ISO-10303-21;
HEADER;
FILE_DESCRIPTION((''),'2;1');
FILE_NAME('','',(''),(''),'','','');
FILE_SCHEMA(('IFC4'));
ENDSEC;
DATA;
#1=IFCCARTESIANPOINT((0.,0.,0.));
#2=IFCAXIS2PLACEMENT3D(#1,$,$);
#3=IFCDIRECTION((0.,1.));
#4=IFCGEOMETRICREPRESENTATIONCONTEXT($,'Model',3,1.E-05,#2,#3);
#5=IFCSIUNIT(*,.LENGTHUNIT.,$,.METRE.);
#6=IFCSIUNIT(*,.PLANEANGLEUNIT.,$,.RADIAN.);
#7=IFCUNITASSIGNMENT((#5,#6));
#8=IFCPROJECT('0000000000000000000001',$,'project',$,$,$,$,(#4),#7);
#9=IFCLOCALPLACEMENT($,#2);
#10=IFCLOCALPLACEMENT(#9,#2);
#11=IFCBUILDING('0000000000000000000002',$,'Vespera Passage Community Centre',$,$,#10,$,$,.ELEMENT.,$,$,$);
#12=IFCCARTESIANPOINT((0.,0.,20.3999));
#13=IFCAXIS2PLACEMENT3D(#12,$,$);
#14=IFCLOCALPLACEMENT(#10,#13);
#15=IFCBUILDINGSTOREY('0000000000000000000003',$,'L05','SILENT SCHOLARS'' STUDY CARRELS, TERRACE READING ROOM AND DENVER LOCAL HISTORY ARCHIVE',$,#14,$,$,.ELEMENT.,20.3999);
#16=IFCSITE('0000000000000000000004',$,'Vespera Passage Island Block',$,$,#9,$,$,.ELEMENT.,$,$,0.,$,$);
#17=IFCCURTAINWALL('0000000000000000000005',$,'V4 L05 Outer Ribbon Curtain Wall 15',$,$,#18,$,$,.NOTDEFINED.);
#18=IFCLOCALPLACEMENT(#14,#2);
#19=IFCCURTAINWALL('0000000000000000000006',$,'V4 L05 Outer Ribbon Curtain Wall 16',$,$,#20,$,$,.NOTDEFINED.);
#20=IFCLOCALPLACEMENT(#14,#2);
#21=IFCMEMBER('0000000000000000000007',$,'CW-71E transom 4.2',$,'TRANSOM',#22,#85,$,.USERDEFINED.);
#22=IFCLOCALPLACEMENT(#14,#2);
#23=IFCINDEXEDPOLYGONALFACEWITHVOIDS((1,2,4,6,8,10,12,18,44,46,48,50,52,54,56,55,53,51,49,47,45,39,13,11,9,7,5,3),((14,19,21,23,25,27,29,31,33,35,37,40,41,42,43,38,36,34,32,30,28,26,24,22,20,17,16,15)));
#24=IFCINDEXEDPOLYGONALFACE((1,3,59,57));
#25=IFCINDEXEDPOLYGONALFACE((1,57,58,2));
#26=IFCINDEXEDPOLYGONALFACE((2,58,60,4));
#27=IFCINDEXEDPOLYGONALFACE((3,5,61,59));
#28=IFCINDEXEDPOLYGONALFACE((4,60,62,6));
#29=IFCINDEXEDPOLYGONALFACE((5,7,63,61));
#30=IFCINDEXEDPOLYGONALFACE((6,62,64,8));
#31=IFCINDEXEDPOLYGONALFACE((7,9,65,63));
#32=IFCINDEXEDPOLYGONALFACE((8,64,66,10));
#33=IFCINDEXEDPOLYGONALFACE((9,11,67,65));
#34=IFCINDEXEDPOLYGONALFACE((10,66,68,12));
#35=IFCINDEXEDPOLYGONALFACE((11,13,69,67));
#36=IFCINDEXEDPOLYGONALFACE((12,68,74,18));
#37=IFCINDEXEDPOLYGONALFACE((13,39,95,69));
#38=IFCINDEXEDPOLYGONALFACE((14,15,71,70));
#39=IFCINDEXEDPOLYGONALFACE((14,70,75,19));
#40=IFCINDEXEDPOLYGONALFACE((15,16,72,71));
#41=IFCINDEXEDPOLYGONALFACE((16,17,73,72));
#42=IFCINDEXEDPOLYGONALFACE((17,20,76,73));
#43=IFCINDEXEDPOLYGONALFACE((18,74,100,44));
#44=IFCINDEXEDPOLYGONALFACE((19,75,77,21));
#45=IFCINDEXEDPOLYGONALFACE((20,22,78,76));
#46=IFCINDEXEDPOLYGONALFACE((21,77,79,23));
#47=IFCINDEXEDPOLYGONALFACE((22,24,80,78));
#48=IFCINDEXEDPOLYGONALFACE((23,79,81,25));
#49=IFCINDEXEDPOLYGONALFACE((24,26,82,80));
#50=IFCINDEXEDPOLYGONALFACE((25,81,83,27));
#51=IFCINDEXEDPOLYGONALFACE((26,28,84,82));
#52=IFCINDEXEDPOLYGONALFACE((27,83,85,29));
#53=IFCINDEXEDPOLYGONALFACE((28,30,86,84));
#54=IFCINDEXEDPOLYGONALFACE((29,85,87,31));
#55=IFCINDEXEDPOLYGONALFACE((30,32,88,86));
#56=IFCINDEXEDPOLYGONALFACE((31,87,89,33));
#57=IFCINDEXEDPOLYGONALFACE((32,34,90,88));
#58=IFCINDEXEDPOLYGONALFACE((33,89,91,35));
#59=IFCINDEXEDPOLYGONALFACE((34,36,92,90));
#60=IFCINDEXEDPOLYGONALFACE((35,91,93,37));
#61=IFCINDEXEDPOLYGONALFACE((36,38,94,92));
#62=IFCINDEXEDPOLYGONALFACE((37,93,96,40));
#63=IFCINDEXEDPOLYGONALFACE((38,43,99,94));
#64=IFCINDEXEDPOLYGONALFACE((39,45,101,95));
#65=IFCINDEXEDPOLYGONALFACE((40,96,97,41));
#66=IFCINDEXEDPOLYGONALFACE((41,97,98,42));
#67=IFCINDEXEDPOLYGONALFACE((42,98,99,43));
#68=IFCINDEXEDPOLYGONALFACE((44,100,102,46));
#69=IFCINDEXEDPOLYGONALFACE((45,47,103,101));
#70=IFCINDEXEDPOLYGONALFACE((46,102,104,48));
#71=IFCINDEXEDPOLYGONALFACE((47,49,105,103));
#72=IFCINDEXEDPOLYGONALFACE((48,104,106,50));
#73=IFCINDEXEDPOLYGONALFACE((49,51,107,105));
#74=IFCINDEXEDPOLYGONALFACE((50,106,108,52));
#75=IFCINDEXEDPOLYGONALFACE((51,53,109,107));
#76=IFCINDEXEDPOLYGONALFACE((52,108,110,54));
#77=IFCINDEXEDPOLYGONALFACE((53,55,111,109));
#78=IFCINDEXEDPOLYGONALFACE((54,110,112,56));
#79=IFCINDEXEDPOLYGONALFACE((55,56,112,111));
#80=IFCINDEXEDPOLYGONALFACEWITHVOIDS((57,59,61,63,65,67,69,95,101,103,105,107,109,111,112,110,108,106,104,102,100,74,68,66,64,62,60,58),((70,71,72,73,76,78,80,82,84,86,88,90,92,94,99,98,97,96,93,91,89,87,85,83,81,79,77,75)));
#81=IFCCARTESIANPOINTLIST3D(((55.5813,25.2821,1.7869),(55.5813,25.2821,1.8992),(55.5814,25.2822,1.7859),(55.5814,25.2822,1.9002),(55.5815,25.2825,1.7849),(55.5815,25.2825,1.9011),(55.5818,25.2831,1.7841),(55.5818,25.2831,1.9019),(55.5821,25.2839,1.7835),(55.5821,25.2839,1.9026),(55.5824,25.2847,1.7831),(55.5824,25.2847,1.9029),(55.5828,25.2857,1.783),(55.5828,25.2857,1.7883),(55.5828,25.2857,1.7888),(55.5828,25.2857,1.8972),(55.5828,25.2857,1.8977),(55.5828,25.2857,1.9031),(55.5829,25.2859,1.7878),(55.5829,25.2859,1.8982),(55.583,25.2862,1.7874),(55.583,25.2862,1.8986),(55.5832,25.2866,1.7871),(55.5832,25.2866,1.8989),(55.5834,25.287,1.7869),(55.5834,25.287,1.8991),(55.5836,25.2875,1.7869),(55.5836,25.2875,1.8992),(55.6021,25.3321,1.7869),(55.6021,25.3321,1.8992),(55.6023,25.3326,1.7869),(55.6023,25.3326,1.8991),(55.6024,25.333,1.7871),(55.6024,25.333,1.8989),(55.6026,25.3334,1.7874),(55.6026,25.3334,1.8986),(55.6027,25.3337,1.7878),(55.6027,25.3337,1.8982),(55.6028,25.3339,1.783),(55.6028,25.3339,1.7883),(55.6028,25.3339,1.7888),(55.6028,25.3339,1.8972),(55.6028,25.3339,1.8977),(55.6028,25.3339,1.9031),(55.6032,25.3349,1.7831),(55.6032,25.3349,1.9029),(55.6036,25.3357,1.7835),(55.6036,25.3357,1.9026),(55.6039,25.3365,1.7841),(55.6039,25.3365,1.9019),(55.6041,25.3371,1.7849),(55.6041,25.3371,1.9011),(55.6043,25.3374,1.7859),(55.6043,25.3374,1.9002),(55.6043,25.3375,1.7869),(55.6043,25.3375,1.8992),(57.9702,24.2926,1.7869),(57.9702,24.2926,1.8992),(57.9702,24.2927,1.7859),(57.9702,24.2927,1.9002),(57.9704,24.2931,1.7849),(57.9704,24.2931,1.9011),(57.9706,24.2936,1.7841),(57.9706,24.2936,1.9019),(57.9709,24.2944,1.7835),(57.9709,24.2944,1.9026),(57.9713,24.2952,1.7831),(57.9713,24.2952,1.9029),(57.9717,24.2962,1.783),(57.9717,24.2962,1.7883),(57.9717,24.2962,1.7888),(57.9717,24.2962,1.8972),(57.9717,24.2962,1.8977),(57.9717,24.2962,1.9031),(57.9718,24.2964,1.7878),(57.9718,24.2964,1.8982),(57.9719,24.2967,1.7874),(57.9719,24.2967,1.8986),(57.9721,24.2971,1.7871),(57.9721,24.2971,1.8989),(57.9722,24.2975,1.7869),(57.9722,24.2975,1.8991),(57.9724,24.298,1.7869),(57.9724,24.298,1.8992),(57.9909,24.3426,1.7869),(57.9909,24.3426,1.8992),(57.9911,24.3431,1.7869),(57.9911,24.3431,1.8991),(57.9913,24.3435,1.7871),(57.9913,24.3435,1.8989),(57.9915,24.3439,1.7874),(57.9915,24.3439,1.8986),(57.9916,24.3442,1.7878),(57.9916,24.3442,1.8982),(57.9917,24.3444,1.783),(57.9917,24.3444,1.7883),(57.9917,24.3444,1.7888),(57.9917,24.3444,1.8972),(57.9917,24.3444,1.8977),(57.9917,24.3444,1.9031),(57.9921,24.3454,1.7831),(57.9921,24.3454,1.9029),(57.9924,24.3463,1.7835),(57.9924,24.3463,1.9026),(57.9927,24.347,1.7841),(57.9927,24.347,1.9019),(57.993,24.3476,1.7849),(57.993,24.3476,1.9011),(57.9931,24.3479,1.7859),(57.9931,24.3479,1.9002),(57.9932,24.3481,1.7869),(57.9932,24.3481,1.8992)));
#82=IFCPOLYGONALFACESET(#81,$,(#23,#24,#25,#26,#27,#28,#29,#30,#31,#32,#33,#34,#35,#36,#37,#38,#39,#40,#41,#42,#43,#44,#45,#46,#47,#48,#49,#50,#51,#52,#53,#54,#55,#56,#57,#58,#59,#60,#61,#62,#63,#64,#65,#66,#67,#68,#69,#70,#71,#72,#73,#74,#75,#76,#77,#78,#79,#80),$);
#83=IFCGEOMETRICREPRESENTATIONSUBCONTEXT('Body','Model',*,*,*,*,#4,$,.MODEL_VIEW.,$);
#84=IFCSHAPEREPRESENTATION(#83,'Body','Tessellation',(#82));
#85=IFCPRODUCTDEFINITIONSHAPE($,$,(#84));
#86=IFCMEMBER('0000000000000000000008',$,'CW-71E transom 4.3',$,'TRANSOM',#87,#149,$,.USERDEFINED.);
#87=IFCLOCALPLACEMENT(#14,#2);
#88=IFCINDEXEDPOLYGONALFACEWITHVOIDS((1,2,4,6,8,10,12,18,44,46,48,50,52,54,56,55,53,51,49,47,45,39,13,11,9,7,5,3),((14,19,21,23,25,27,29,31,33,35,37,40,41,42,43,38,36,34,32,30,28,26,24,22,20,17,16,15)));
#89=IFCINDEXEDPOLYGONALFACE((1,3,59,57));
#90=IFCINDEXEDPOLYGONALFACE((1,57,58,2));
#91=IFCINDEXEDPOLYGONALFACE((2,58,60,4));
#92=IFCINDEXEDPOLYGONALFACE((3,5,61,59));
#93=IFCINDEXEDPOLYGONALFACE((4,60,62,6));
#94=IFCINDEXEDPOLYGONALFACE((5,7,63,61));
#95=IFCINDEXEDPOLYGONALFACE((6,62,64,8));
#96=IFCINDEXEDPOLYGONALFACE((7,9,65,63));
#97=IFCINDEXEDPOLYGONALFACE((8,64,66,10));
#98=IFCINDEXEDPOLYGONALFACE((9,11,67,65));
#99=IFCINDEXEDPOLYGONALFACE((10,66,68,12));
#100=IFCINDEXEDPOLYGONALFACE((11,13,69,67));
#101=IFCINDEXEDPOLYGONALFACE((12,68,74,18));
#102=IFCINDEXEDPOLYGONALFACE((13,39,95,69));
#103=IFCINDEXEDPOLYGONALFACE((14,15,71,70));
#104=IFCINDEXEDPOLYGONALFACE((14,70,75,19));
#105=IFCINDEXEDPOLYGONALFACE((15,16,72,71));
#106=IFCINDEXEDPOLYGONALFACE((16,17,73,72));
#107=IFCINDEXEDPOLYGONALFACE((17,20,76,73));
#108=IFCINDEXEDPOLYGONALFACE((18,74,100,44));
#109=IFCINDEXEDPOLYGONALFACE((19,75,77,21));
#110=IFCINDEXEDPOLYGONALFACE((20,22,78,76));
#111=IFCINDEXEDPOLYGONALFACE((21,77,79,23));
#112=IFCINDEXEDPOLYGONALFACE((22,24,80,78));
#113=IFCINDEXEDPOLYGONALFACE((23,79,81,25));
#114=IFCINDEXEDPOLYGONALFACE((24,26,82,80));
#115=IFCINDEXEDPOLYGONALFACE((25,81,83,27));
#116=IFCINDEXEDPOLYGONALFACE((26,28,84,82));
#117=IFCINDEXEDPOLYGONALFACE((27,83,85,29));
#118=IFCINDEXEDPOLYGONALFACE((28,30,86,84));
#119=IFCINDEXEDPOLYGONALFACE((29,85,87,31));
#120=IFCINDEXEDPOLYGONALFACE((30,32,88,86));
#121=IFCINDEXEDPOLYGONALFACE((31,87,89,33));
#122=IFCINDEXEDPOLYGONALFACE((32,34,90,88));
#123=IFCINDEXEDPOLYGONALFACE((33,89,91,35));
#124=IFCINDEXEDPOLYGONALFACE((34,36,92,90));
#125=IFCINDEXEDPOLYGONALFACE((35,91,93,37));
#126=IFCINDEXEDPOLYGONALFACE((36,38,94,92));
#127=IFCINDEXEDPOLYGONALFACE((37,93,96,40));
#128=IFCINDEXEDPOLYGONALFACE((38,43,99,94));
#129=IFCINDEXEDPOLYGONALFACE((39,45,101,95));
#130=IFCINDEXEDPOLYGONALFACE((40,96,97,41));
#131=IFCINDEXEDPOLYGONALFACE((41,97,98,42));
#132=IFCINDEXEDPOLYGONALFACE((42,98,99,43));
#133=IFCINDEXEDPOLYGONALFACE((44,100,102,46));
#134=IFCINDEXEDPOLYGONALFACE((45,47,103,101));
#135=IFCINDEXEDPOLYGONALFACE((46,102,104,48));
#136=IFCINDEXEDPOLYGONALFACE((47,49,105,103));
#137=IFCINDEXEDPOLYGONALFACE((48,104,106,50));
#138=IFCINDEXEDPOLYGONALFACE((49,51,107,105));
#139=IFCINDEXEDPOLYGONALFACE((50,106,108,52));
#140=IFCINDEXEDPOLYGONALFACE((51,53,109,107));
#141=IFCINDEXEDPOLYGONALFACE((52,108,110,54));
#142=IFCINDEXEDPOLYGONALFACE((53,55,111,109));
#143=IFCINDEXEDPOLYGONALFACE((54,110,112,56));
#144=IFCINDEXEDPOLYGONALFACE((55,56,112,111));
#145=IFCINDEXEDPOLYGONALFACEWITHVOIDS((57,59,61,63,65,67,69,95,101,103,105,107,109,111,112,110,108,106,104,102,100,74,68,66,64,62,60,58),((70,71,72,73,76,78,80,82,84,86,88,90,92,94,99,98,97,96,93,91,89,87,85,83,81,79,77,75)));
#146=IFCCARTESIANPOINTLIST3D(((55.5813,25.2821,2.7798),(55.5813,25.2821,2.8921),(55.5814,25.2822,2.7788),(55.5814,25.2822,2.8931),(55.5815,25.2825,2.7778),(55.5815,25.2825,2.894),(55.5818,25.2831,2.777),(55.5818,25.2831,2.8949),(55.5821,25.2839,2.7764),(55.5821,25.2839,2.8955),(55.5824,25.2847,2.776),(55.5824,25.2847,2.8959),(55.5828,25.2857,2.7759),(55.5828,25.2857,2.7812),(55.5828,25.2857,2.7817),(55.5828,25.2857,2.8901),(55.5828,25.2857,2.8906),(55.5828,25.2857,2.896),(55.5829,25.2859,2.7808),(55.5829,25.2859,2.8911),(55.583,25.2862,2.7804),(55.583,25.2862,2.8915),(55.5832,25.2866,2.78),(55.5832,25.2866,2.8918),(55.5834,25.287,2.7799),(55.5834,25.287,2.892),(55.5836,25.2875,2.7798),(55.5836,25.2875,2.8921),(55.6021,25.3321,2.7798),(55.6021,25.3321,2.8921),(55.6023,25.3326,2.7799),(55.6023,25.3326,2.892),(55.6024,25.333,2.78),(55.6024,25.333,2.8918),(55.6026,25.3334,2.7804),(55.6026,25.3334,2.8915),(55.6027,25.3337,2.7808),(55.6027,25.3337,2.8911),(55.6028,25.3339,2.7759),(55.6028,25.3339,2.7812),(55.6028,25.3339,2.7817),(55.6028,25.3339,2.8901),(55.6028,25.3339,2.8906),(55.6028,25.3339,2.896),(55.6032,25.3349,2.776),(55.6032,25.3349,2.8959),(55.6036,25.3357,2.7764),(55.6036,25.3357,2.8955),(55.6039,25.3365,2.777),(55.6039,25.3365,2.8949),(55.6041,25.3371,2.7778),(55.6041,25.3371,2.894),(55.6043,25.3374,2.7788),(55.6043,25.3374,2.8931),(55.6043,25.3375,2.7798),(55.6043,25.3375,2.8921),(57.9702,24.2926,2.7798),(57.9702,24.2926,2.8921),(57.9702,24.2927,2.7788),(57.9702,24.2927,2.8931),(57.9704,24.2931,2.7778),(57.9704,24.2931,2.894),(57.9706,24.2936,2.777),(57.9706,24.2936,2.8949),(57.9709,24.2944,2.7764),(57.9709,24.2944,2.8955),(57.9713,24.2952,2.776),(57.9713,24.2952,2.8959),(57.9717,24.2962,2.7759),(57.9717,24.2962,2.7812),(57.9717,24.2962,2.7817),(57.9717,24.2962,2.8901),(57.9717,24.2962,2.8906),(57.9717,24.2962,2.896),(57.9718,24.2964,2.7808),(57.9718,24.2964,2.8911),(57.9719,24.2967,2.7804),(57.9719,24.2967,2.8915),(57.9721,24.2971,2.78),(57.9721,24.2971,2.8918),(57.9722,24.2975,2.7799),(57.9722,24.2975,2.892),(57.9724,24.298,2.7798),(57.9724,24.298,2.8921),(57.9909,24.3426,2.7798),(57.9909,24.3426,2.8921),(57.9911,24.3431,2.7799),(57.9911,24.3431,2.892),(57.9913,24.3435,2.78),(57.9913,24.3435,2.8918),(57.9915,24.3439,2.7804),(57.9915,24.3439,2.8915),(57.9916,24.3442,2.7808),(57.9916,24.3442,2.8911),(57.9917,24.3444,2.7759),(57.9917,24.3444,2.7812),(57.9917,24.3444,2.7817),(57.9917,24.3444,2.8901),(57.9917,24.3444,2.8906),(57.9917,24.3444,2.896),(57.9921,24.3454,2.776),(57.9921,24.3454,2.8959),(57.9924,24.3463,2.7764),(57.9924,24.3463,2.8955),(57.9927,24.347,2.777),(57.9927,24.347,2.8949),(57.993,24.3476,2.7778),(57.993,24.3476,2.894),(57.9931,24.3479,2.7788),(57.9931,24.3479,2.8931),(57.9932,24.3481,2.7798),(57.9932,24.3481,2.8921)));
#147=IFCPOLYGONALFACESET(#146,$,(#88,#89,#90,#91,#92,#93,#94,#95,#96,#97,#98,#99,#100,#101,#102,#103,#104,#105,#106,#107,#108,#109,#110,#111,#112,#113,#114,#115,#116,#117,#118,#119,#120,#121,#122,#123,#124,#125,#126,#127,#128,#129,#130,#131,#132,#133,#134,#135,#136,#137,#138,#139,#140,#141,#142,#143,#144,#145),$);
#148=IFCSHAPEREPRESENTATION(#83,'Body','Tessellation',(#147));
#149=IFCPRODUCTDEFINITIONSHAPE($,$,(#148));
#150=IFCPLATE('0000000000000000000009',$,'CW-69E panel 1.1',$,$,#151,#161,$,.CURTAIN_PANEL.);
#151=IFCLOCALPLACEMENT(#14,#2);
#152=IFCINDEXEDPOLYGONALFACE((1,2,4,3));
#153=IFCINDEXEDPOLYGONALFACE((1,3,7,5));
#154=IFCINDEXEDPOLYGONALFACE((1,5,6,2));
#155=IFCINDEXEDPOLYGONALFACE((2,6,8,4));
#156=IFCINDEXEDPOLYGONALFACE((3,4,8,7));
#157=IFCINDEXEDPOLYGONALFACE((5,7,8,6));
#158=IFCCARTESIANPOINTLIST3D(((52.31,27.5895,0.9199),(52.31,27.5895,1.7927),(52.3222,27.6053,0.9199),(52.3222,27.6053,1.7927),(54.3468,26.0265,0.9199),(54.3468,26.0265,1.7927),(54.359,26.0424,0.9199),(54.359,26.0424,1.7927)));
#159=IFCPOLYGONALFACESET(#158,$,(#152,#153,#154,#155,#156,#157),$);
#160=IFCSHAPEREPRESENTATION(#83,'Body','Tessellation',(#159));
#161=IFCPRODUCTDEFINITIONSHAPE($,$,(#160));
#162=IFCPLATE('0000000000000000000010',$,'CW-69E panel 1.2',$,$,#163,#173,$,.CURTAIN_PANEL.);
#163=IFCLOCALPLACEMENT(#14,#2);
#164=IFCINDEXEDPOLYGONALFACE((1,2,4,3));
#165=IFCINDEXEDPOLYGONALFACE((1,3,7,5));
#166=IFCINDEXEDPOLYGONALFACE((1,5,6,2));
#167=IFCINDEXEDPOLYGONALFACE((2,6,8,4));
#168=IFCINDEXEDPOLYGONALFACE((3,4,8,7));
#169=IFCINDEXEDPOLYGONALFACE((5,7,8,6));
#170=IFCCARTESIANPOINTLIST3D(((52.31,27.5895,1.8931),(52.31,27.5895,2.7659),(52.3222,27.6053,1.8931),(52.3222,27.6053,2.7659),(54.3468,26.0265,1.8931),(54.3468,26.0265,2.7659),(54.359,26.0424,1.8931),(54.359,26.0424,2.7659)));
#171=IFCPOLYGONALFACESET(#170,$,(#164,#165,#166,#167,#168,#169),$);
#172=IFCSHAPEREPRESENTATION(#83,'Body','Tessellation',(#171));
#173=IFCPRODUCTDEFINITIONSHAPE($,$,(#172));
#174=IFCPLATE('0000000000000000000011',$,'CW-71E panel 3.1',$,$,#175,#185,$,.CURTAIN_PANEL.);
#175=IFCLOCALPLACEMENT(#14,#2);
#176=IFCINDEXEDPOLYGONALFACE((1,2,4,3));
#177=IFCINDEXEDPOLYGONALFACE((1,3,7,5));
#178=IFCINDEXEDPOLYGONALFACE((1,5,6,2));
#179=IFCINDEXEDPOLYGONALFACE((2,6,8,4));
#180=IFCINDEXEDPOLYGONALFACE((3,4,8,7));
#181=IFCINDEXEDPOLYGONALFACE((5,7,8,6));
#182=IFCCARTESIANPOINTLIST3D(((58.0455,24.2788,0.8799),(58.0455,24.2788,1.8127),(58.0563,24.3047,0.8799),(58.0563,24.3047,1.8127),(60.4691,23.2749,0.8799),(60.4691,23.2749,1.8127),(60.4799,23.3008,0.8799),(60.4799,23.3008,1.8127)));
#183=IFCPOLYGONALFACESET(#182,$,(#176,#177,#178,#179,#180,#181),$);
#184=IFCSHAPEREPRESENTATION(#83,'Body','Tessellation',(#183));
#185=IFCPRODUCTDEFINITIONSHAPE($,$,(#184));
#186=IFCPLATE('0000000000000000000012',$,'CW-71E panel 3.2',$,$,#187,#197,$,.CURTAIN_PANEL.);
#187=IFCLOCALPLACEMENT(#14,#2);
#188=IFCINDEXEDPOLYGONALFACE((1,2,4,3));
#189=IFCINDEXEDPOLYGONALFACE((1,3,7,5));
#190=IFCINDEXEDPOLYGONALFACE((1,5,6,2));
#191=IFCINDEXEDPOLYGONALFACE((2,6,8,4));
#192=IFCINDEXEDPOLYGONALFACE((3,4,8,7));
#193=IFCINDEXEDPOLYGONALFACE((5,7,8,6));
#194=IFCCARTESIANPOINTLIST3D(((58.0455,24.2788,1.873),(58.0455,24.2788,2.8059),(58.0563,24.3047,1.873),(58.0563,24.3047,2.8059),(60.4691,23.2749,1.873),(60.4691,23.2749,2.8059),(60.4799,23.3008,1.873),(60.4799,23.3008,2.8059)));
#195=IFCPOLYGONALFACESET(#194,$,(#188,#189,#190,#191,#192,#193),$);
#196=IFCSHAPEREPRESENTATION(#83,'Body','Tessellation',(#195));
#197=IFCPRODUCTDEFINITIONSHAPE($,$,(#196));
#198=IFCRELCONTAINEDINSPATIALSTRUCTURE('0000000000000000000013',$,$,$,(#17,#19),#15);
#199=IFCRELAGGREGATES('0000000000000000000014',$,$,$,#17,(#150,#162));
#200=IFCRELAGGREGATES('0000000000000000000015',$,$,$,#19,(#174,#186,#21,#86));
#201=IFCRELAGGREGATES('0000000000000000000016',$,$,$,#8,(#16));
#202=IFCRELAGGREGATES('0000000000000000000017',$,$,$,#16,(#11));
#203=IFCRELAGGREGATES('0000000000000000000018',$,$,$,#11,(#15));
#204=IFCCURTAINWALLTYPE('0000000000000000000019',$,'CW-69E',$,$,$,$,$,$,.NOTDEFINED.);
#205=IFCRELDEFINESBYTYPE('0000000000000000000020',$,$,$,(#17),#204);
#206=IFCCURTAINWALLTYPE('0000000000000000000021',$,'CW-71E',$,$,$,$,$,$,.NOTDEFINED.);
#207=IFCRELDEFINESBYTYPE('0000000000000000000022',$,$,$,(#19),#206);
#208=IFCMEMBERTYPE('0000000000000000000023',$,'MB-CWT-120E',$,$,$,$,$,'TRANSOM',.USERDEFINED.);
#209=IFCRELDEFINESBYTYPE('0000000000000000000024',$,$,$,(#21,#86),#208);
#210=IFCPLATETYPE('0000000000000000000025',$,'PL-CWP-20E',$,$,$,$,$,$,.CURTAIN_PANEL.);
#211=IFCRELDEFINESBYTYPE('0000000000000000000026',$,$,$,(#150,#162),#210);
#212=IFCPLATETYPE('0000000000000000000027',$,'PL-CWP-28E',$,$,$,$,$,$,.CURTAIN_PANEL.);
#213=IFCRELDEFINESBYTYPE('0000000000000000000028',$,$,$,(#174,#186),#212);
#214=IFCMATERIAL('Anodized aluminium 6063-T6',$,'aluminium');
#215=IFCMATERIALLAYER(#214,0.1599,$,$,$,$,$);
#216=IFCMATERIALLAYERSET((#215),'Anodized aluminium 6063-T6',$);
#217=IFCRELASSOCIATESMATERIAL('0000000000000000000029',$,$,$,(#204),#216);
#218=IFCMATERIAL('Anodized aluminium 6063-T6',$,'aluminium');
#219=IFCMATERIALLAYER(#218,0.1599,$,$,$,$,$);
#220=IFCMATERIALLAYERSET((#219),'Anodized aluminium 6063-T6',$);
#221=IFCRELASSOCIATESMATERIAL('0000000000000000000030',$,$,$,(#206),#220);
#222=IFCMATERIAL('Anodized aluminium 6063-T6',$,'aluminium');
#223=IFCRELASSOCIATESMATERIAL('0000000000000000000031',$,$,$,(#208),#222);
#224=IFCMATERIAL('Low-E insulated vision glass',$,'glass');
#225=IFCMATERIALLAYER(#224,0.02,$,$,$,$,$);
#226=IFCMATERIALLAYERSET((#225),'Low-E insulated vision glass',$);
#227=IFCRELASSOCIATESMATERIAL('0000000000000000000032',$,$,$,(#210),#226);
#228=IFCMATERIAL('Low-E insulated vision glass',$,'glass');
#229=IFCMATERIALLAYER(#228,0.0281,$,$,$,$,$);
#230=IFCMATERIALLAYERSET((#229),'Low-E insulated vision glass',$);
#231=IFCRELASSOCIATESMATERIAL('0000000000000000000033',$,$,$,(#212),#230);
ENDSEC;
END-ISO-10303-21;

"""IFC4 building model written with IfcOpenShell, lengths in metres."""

from ifc_helpers import new_model, si_unit, direction, frame, origin, origin_2d, place, context, subcontext, project, spatial, rectangle, hollow_rectangle, extrude, material, layer, layer_set, material_profile, profile_set, type_object, element, aggregate, save


model = new_model("IFC4")

# Units and contexts
model_context = context("Model", 3, precision=1e-05, world=origin(), true_north=direction((0.0, 1.0)))
body_context = subcontext(model_context, "Body", "Model", "MODEL_VIEW")
ifc_project = project(units=[si_unit("LENGTHUNIT", "METRE"), si_unit("PLANEANGLEUNIT", "RADIAN")], contexts=[model_context])

# Site, building, storey
site_placement = place(None, origin())
site = spatial("IfcSite", under=ifc_project, at=site_placement, Name="Vespera Passage Island Block", CompositionType="ELEMENT", RefElevation=0.0)
building_placement = place(site_placement, origin())
building = spatial("IfcBuilding", under=site, at=building_placement, Name="Vespera Passage Community Centre", CompositionType="ELEMENT")
storey_placement = place(building_placement, frame((0.0, 0.0, 20.3999)))
storey = spatial("IfcBuildingStorey", under=building, at=storey_placement, Name="L05", Description="SILENT SCHOLARS' STUDY CARRELS, TERRACE READING ROOM AND DENVER LOCAL HISTORY ARCHIVE", CompositionType="ELEMENT", Elevation=20.3999)

# Curtain wall
ifc_material_1 = material(Name="Anodized aluminium 6063-T6", Category="aluminium")
ifc_layer_1 = layer(ifc_material_1, 0.1599)
ifc_layer_set_1 = layer_set([ifc_layer_1], Name="Anodized aluminium 6063-T6")
curtain_wall_type_1 = type_object("IfcCurtainWallType", Name="CW-69E", PredefinedType="NOTDEFINED", material=ifc_layer_set_1)
curtain_wall_1_placement = place(storey_placement, origin())
curtain_wall_1 = element("IfcCurtainWall", 1, at=curtain_wall_1_placement, inside=storey, type_object=curtain_wall_type_1, Name="V4 L05 Outer Ribbon Curtain Wall 15", PredefinedType="NOTDEFINED")

# Curtain wall
ifc_material_2 = material(Name="Anodized aluminium 6063-T6", Category="aluminium")
ifc_layer_2 = layer(ifc_material_2, 0.1599)
ifc_layer_set_2 = layer_set([ifc_layer_2], Name="Anodized aluminium 6063-T6")
curtain_wall_type_2 = type_object("IfcCurtainWallType", Name="CW-71E", PredefinedType="NOTDEFINED", material=ifc_layer_set_2)
curtain_wall_2_placement = place(storey_placement, origin())
curtain_wall_2 = element("IfcCurtainWall", 2, at=curtain_wall_2_placement, inside=storey, type_object=curtain_wall_type_2, Name="V4 L05 Outer Ribbon Curtain Wall 16", PredefinedType="NOTDEFINED")

# Members
ifc_material_3 = material(Name="Anodized aluminium 6063-T6", Category="aluminium")
ifc_material_profile_1 = material_profile(ifc_material_3, hollow_rectangle(XDim=0.0601, YDim=0.1201, WallThickness=0.0039, InnerFilletRadius=0.002, OuterFilletRadius=0.0039, at=origin_2d()), Name="ALU120X60X4")
ifc_profile_set_1 = profile_set([ifc_material_profile_1], Name="Anodized aluminium 6063-T6")
member_type_1 = type_object("IfcMemberType", Name="MB-CWT-120E", ElementType="TRANSOM", PredefinedType="USERDEFINED", material=ifc_profile_set_1)
member_1_placement = place(storey_placement, frame((57.9817, 24.3203, 1.843), z_axis=(-0.923882, 0.382677, 0.0), x_axis=(-0.382677, -0.923882, 0.0)))
member_1 = element("IfcMember", 3, at=member_1_placement, type_object=member_type_1, Name="CW-71E transom 4.2", ObjectType="TRANSOM", PredefinedType="USERDEFINED", context=body_context, shape_type="SweptSolid", body=[
    extrude(hollow_rectangle(XDim=0.0601, YDim=0.1201, WallThickness=0.0039, InnerFilletRadius=0.002, OuterFilletRadius=0.0039, at=origin_2d()), origin(), (0.0, 0.0, 1.0), 2.5857),
])
member_2_placement = place(storey_placement, frame((57.9817, 24.3203, 2.8359), z_axis=(-0.923882, 0.382677, 0.0), x_axis=(-0.382677, -0.923882, 0.0)))
member_2 = element("IfcMember", 4, at=member_2_placement, type_object=member_type_1, Name="CW-71E transom 4.3", ObjectType="TRANSOM", PredefinedType="USERDEFINED", context=body_context, shape_type="SweptSolid", body=[
    extrude(hollow_rectangle(XDim=0.0601, YDim=0.1201, WallThickness=0.0039, InnerFilletRadius=0.002, OuterFilletRadius=0.0039, at=origin_2d()), origin(), (0.0, 0.0, 1.0), 2.5857),
])

# Plates
ifc_material_4 = material(Name="Low-E insulated vision glass", Category="glass")
ifc_layer_3 = layer(ifc_material_4, 0.02)
ifc_layer_set_3 = layer_set([ifc_layer_3], Name="Low-E insulated vision glass")
plate_type_1 = type_object("IfcPlateType", Name="PL-CWP-20E", PredefinedType="CURTAIN_PANEL", material=ifc_layer_set_3)
plate_1_placement = place(storey_placement, frame((53.3345, 26.8159, 0.9199), z_axis=(0.0, 0.0, 1.0), x_axis=(-0.793345, 0.608772, 0.0)))
plate_1 = element("IfcPlate", 5, at=plate_1_placement, type_object=plate_type_1, Name="CW-69E panel 1.1", PredefinedType="CURTAIN_PANEL", context=body_context, shape_type="SweptSolid", body=[
    extrude(rectangle(XDim=2.5674, YDim=0.02, at=origin_2d()), origin(), (0.0, 0.0, 1.0), 0.8728),
])
plate_2_placement = place(storey_placement, frame((53.3345, 26.8159, 1.8931), z_axis=(0.0, 0.0, 1.0), x_axis=(-0.793345, 0.608772, 0.0)))
plate_2 = element("IfcPlate", 6, at=plate_2_placement, type_object=plate_type_1, Name="CW-69E panel 1.2", PredefinedType="CURTAIN_PANEL", context=body_context, shape_type="SweptSolid", body=[
    extrude(rectangle(XDim=2.5674, YDim=0.02, at=origin_2d()), origin(), (0.0, 0.0, 1.0), 0.8728),
])
aggregate(curtain_wall_1, [plate_1, plate_2])
ifc_material_5 = material(Name="Low-E insulated vision glass", Category="glass")
ifc_layer_4 = layer(ifc_material_5, 0.0281)
ifc_layer_set_4 = layer_set([ifc_layer_4], Name="Low-E insulated vision glass")
plate_type_2 = type_object("IfcPlateType", Name="PL-CWP-28E", PredefinedType="CURTAIN_PANEL", material=ifc_layer_set_4)
plate_3_placement = place(storey_placement, frame((59.2627, 23.7898, 0.8799), z_axis=(0.0, 0.0, 1.0), x_axis=(-0.92388, 0.382683, 0.0)))
plate_3 = element("IfcPlate", 7, at=plate_3_placement, type_object=plate_type_2, Name="CW-71E panel 3.1", PredefinedType="CURTAIN_PANEL", context=body_context, shape_type="SweptSolid", body=[
    extrude(rectangle(XDim=2.6233, YDim=0.0281, at=origin_2d()), origin(), (0.0, 0.0, 1.0), 0.9329),
])
plate_4_placement = place(storey_placement, frame((59.2627, 23.7898, 1.873), z_axis=(0.0, 0.0, 1.0), x_axis=(-0.92388, 0.382683, 0.0)))
plate_4 = element("IfcPlate", 8, at=plate_4_placement, type_object=plate_type_2, Name="CW-71E panel 3.2", PredefinedType="CURTAIN_PANEL", context=body_context, shape_type="SweptSolid", body=[
    extrude(rectangle(XDim=2.6233, YDim=0.0281, at=origin_2d()), origin(), (0.0, 0.0, 1.0), 0.9329),
])
aggregate(curtain_wall_2, [plate_3, plate_4, member_1, member_2])

save(model, "model.ifc")
